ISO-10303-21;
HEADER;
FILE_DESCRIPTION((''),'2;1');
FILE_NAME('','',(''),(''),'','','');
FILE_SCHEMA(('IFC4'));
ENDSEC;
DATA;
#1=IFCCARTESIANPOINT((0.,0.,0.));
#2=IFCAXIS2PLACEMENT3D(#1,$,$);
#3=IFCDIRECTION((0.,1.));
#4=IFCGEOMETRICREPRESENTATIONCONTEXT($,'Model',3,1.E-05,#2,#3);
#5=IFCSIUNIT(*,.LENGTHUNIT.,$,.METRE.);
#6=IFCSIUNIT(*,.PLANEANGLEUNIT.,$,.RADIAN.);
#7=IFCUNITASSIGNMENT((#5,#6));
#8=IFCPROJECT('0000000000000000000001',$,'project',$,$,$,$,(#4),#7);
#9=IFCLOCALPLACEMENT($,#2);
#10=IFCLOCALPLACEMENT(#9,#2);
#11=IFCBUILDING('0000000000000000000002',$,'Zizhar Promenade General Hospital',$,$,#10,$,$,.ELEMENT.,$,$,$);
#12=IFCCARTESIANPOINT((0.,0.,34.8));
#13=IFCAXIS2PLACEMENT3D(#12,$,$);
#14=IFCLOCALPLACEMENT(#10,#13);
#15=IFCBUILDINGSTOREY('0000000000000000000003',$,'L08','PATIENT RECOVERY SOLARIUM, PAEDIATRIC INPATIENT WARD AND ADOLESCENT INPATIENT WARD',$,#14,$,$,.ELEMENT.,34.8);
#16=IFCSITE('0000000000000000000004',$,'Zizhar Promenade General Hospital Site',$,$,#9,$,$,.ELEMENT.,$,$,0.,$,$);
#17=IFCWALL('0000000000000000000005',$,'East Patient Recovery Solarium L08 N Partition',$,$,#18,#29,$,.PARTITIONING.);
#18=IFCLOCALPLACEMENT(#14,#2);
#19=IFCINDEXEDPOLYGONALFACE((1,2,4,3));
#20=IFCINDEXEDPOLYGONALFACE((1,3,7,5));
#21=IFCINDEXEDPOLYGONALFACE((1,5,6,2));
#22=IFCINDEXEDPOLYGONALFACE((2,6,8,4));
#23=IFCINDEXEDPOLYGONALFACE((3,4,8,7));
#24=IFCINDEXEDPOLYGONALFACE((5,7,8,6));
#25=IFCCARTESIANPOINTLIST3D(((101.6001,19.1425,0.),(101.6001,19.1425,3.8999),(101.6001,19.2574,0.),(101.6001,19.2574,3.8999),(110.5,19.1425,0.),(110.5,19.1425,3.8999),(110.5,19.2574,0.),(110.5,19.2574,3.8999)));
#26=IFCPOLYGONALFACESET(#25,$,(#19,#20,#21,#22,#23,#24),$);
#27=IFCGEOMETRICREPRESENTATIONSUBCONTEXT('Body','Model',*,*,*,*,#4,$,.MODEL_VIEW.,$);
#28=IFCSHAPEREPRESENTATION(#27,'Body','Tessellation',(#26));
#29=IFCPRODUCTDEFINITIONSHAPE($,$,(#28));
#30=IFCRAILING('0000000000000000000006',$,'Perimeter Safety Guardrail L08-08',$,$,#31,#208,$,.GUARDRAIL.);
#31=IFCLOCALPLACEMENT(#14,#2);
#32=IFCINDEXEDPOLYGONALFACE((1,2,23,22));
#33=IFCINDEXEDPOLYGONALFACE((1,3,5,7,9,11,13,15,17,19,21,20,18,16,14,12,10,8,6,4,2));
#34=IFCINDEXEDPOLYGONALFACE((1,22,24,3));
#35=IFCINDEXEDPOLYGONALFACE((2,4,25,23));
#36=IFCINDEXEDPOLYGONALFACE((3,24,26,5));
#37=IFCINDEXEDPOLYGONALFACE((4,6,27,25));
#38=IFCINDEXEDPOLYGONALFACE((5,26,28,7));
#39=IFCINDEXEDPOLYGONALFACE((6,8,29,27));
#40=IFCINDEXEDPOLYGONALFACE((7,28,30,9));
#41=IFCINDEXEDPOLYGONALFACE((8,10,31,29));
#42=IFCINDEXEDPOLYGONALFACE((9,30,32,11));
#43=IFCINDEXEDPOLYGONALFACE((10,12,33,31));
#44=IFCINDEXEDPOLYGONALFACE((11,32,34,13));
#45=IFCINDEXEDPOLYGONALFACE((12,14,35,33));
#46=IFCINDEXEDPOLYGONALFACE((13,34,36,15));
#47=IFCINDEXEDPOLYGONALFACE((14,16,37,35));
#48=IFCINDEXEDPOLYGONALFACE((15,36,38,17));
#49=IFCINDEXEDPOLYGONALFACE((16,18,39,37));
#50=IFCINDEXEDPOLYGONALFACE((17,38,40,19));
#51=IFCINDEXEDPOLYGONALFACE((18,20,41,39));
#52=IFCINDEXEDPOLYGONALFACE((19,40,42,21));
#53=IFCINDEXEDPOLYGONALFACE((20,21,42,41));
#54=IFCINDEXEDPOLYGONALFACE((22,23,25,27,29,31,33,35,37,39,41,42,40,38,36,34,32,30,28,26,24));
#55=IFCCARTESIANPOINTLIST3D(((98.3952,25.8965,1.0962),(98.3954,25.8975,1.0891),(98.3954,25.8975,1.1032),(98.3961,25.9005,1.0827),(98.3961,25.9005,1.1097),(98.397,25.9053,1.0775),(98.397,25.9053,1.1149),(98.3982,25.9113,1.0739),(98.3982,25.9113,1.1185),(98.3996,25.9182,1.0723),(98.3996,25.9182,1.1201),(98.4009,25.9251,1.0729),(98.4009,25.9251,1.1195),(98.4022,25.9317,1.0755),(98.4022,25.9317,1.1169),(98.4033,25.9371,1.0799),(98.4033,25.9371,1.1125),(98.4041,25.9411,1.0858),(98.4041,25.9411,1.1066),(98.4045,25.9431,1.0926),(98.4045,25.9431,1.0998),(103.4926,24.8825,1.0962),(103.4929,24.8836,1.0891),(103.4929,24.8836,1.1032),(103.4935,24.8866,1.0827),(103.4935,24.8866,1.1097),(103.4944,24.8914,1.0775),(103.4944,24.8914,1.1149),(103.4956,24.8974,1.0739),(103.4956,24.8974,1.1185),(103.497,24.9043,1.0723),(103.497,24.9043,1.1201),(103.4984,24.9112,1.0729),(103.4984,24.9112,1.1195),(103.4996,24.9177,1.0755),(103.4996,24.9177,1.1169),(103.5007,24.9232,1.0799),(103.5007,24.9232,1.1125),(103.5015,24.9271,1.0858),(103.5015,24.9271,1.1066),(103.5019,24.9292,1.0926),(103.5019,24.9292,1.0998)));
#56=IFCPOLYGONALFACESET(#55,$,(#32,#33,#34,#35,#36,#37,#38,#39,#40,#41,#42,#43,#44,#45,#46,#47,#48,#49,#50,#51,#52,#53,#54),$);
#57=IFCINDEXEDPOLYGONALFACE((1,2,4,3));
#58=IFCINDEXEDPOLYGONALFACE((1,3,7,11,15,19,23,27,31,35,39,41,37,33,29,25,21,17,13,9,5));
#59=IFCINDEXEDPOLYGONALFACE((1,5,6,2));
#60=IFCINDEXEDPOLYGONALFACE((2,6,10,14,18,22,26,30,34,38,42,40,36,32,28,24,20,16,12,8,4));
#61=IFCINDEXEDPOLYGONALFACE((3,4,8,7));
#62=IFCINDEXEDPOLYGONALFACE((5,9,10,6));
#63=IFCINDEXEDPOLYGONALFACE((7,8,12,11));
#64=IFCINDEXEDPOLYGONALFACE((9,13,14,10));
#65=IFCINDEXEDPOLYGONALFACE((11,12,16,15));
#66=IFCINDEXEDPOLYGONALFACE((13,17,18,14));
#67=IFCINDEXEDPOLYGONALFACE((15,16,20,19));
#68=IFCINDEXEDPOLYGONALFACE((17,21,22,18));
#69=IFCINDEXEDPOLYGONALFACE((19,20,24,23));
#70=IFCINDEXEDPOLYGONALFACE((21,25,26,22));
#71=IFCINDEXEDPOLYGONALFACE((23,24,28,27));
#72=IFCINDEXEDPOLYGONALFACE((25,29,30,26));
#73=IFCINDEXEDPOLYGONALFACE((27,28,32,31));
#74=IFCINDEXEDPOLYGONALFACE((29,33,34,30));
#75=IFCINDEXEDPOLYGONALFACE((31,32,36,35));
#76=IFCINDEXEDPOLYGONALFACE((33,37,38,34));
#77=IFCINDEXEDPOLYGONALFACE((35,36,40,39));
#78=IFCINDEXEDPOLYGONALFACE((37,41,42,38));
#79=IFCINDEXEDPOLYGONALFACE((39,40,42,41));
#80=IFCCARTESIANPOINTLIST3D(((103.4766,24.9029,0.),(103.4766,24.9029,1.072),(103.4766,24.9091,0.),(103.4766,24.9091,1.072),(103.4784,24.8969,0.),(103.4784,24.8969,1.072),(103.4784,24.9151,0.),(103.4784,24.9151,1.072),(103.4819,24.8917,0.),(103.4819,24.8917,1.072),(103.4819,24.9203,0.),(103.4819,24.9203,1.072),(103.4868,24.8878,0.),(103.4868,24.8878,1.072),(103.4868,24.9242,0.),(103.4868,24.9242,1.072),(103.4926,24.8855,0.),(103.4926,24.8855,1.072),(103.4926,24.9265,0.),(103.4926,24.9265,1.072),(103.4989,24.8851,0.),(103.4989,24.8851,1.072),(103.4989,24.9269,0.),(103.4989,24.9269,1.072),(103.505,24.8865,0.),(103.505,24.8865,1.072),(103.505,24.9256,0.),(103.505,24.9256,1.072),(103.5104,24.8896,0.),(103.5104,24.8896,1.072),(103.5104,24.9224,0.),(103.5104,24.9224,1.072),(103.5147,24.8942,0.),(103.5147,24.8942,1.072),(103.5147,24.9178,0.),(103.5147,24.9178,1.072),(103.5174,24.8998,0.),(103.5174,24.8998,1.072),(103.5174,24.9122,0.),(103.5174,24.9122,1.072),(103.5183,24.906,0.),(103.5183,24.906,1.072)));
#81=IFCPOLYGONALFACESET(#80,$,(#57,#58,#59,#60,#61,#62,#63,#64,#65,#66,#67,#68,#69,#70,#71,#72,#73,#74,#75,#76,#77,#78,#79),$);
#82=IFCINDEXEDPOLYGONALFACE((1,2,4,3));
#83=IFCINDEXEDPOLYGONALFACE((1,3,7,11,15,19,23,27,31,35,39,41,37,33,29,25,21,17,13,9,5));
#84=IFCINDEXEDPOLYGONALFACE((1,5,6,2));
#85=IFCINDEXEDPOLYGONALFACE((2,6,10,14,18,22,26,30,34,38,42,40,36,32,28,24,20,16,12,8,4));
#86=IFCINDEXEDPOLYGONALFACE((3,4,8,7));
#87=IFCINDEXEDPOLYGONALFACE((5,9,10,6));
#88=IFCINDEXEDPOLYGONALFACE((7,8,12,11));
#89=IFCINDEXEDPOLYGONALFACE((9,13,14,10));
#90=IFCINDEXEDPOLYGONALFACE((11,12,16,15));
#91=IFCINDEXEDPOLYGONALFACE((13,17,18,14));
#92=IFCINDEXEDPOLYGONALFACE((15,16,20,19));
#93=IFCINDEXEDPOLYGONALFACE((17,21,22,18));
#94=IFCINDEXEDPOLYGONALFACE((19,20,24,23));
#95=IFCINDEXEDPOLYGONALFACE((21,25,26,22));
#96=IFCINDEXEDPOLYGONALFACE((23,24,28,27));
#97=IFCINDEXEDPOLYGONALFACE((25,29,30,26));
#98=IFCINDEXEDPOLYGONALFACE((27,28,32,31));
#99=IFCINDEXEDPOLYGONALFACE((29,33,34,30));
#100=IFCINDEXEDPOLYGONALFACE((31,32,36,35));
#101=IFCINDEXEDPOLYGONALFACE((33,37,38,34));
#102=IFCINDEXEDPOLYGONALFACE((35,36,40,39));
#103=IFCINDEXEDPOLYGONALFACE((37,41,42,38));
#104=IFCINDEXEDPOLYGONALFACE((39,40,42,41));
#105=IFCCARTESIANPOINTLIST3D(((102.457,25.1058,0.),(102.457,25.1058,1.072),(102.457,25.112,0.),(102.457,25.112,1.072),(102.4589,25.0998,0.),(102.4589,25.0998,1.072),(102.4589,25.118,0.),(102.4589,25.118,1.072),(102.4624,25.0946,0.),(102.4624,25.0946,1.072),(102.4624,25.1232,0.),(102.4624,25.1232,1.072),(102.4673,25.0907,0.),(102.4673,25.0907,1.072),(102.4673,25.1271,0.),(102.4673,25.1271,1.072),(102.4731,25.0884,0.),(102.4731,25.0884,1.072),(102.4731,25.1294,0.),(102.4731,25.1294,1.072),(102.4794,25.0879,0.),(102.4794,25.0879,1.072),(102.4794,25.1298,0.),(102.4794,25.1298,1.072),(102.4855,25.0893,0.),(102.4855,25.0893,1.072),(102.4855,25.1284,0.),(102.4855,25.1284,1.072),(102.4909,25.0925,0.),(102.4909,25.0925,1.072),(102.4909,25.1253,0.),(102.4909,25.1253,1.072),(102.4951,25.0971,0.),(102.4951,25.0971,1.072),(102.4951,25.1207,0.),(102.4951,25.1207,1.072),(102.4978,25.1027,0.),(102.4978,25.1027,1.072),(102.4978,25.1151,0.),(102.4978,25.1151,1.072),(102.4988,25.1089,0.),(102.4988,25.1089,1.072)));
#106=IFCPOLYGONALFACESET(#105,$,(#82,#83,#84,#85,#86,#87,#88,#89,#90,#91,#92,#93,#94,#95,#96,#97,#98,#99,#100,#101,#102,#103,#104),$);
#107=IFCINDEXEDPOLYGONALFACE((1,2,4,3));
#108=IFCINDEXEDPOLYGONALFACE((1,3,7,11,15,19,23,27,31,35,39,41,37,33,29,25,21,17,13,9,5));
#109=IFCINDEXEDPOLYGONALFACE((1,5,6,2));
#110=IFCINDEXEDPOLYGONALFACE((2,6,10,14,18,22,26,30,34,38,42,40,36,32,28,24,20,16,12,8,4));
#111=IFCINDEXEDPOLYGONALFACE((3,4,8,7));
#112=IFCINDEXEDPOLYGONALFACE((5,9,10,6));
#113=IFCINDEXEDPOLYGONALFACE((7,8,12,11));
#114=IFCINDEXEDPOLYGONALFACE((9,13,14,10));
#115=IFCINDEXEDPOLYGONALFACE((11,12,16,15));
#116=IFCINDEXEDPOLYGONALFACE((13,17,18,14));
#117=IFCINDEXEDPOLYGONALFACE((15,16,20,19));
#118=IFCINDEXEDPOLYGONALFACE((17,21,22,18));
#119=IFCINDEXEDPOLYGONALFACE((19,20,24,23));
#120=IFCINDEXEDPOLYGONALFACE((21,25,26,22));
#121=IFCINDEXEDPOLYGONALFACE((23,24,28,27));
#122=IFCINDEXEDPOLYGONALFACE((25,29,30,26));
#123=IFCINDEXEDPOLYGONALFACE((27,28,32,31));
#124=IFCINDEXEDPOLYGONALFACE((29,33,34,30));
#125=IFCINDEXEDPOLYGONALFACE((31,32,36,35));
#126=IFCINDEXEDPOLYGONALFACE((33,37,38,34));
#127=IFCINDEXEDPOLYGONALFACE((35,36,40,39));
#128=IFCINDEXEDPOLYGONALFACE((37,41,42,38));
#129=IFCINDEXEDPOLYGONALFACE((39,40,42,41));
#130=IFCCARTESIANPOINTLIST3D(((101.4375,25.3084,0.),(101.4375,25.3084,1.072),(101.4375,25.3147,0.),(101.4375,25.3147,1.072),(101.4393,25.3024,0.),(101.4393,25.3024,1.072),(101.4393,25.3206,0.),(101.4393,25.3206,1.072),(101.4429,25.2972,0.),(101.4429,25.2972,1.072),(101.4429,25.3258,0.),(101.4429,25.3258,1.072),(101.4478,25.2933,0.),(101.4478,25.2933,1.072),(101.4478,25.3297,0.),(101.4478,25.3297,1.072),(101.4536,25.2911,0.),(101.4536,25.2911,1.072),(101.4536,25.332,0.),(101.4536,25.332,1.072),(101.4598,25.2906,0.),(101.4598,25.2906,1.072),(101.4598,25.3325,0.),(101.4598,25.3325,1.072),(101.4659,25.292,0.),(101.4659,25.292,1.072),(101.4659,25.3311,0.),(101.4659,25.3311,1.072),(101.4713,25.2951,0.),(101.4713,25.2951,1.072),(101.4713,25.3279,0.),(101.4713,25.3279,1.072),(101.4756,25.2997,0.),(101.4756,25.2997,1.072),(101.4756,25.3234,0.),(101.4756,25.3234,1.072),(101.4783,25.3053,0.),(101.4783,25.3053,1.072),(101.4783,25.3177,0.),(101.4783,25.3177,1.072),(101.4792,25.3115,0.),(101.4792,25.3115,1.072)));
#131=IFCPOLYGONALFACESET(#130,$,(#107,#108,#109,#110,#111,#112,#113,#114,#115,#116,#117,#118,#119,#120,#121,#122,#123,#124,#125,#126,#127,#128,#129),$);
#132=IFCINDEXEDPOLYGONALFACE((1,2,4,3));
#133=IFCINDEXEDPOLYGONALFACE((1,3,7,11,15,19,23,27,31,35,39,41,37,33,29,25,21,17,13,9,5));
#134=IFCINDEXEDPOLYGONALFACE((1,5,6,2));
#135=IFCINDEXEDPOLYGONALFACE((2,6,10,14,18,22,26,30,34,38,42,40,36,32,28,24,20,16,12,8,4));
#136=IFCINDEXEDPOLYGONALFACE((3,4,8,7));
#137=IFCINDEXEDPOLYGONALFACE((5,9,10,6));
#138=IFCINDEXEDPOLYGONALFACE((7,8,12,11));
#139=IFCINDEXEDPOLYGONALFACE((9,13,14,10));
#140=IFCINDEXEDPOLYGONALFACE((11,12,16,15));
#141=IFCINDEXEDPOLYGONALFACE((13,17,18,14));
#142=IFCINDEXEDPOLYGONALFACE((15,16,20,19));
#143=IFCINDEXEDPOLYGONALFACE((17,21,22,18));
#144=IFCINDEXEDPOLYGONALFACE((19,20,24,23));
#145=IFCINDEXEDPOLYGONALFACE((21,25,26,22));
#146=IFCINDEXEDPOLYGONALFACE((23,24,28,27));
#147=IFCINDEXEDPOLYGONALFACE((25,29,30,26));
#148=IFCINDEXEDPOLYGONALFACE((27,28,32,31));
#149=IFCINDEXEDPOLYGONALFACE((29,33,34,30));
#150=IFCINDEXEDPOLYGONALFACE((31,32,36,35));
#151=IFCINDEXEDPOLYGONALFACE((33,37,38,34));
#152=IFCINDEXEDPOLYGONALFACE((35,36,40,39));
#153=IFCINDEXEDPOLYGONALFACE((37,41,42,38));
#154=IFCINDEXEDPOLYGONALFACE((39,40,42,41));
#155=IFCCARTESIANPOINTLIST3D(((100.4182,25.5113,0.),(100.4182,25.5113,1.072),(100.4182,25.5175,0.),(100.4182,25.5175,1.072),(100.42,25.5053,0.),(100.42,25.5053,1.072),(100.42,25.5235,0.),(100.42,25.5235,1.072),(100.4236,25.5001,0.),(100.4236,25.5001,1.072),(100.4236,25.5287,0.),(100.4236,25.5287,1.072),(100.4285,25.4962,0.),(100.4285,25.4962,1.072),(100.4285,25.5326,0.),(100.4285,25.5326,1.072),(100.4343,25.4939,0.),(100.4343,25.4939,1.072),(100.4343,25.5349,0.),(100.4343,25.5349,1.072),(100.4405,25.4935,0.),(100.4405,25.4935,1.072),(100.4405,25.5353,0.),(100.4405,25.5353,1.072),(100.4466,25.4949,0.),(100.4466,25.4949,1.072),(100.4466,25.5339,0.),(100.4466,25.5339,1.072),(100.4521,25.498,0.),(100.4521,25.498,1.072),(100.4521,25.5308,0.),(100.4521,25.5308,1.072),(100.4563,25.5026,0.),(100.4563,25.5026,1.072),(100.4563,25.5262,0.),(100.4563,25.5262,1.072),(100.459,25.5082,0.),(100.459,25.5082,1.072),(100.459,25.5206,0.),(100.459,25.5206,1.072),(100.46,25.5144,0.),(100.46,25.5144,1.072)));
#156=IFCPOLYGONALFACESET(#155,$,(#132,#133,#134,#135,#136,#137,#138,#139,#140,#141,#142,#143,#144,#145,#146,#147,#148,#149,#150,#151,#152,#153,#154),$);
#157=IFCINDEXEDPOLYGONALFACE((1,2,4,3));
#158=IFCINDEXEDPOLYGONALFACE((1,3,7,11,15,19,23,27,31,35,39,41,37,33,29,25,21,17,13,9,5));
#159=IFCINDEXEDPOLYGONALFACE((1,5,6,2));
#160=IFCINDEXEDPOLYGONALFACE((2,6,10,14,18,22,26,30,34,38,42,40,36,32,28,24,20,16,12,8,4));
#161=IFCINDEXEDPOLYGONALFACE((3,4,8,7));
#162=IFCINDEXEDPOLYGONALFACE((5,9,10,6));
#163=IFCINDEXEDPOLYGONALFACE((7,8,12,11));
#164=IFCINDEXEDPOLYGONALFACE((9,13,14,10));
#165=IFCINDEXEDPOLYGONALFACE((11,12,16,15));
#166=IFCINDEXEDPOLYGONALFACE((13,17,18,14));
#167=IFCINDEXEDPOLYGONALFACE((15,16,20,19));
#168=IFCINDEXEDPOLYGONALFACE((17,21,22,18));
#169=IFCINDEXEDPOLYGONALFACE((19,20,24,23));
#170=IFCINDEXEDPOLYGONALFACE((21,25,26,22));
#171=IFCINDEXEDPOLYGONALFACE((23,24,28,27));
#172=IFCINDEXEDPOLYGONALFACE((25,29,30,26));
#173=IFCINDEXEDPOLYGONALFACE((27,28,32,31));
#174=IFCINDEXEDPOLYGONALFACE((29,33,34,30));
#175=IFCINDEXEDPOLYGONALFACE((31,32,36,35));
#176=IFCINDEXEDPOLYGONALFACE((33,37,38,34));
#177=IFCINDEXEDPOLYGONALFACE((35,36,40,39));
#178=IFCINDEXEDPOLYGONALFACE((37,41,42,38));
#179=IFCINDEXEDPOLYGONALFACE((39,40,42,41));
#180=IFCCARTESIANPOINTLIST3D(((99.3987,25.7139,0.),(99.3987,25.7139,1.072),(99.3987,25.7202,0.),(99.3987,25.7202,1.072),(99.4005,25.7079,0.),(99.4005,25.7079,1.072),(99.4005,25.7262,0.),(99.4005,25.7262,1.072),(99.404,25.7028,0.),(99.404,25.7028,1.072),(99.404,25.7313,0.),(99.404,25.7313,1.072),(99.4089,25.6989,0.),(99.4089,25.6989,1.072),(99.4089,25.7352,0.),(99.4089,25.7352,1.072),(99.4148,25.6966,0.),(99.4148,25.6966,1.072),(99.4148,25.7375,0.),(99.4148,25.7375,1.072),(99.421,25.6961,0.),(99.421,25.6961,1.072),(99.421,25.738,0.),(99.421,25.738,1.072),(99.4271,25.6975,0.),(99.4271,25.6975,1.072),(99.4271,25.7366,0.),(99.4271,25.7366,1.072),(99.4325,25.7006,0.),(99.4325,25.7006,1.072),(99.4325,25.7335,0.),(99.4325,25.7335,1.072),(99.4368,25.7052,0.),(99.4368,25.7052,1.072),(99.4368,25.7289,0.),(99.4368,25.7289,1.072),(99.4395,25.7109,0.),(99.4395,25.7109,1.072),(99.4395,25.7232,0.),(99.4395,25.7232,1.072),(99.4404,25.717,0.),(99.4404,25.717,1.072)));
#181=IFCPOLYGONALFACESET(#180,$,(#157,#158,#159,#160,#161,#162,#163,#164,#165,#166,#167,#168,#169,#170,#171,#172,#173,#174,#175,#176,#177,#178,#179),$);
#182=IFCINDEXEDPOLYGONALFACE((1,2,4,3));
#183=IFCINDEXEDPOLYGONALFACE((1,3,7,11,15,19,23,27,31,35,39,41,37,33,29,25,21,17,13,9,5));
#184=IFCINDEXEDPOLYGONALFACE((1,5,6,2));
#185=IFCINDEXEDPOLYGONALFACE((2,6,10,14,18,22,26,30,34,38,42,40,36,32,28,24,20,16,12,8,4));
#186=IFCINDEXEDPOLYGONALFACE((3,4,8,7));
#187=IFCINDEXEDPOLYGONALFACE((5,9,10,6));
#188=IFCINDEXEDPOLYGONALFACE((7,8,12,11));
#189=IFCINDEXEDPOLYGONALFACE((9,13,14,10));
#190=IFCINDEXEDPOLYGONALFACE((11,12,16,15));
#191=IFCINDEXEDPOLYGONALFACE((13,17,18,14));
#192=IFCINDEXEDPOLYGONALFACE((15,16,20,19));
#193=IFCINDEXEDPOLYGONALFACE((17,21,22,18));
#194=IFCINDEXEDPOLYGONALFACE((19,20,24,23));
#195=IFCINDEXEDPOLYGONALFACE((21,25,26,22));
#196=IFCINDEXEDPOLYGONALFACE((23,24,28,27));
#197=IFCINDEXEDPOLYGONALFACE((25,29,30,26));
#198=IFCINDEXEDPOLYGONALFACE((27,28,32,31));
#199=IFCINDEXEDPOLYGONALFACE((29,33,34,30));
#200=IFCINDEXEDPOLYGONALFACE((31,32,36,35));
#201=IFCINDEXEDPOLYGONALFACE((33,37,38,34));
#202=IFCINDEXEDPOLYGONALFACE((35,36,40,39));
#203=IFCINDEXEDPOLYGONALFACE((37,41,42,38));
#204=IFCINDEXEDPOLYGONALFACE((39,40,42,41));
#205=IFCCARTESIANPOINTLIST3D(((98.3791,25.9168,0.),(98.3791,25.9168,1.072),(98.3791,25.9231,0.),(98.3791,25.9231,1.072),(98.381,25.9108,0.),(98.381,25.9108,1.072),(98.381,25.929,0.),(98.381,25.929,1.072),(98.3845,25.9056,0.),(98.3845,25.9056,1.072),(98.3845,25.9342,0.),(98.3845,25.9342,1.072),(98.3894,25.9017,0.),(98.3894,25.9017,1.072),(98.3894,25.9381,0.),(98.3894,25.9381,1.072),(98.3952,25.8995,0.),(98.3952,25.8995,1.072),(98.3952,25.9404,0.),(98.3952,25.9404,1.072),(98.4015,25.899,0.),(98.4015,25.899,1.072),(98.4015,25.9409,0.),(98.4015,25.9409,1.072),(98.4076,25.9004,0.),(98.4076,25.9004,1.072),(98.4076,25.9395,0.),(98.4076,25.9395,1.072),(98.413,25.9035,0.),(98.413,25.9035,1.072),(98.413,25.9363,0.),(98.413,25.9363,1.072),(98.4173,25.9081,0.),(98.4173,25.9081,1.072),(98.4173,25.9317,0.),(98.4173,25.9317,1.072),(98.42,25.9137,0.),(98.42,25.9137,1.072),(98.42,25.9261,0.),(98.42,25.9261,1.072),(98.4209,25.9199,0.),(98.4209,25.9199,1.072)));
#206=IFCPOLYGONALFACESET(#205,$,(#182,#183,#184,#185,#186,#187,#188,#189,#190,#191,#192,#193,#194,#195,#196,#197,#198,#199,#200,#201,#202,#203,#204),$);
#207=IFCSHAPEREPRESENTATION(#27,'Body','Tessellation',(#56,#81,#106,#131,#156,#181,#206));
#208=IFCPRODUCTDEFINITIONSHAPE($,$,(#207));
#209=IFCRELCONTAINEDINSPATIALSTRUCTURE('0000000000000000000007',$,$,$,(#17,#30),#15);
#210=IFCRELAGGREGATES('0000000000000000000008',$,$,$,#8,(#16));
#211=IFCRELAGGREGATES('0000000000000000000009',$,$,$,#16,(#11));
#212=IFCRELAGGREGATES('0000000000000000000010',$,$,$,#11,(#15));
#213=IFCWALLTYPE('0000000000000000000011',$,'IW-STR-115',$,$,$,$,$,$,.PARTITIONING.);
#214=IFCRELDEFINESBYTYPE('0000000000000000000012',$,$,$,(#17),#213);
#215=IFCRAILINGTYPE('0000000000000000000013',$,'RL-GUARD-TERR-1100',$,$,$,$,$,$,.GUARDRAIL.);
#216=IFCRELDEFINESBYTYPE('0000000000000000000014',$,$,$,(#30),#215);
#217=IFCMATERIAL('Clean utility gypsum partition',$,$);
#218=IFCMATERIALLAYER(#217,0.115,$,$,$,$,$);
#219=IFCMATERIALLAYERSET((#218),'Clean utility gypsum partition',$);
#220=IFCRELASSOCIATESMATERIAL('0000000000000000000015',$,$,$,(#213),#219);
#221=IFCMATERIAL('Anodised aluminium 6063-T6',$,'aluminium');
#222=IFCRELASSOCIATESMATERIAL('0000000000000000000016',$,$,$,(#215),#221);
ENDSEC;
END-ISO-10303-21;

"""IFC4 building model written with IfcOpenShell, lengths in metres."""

from ifc_helpers import new_model, si_unit, direction, frame, frame_2d, origin, origin_2d, place, context, subcontext, project, spatial, rectangle, circle, hollow_circle, extrude, material, layer, layer_set, material_profile, profile_set, type_object, element, save


model = new_model("IFC4")

# Units and contexts
model_context = context("Model", 3, precision=1e-05, world=origin(), true_north=direction((0.0, 1.0)))
body_context = subcontext(model_context, "Body", "Model", "MODEL_VIEW")
ifc_project = project(units=[si_unit("LENGTHUNIT", "METRE"), si_unit("PLANEANGLEUNIT", "RADIAN")], contexts=[model_context])

# Site, building, storey
site_placement = place(None, origin())
site = spatial("IfcSite", under=ifc_project, at=site_placement, Name="Zizhar Promenade General Hospital Site", CompositionType="ELEMENT", RefElevation=0.0)
building_placement = place(site_placement, origin())
building = spatial("IfcBuilding", under=site, at=building_placement, Name="Zizhar Promenade General Hospital", CompositionType="ELEMENT")
storey_placement = place(building_placement, frame((0.0, 0.0, 34.8)))
storey = spatial("IfcBuildingStorey", under=building, at=storey_placement, Name="L08", Description="PATIENT RECOVERY SOLARIUM, PAEDIATRIC INPATIENT WARD AND ADOLESCENT INPATIENT WARD", CompositionType="ELEMENT", Elevation=34.8)

# Wall
ifc_material_1 = material(Name="Clean utility gypsum partition")
ifc_layer_1 = layer(ifc_material_1, 0.115)
ifc_layer_set_1 = layer_set([ifc_layer_1], Name="Clean utility gypsum partition")
wall_type = type_object("IfcWallType", Name="IW-STR-115", PredefinedType="PARTITIONING", material=ifc_layer_set_1)
wall_placement = place(storey_placement, frame((101.6001, 19.2, 0.0), z_axis=(0.0, 0.0, 1.0), x_axis=(1.0, 0.0, 0.0)))
element("IfcWall", 1, at=wall_placement, inside=storey, type_object=wall_type, Name="East Patient Recovery Solarium L08 N Partition", PredefinedType="PARTITIONING", context=body_context, shape_type="SweptSolid", body=[
    extrude(rectangle(XDim=8.8999, YDim=0.115, at=frame_2d((4.45, 0.0))), origin(), (0.0, 0.0, 1.0), 3.8999),
])

# Railing
ifc_material_2 = material(Name="Anodised aluminium 6063-T6", Category="aluminium")
ifc_material_profile_1 = material_profile(ifc_material_2, hollow_circle(Radius=0.0698, WallThickness=0.0063, at=origin_2d()))
ifc_profile_set_1 = profile_set([ifc_material_profile_1], Name="Anodised aluminium 6063-T6")
railing_type = type_object("IfcRailingType", Name="RL-GUARD-TERR-1100", PredefinedType="GUARDRAIL", material=ifc_profile_set_1)
railing_placement = place(storey_placement, frame((103.4973, 24.906, 0.0)))
element("IfcRailing", 2, at=railing_placement, inside=storey, type_object=railing_type, Name="Perimeter Safety Guardrail L08-08", PredefinedType="GUARDRAIL", context=body_context, shape_type="SweptSolid", body=[
    extrude(circle(Radius=0.0239, at=origin_2d()), frame((0.0, 0.0, 1.0962), z_axis=(-0.980786, 0.195086, 0.0), x_axis=(-0.195086, -0.980786, 0.0)), (0.0, 0.0, 1.0), 5.1973),
    extrude(circle(Radius=0.021, at=origin_2d()), origin(), (0.0, 0.0, 1.0), 1.072),
    extrude(circle(Radius=0.021, at=origin_2d()), frame((-1.0195, 0.2029, 0.0)), (0.0, 0.0, 1.0), 1.072),
    extrude(circle(Radius=0.021, at=origin_2d()), frame((-2.0391, 0.4055, 0.0)), (0.0, 0.0, 1.0), 1.072),
    extrude(circle(Radius=0.021, at=origin_2d()), frame((-3.0583, 0.6084, 0.0)), (0.0, 0.0, 1.0), 1.072),
    extrude(circle(Radius=0.021, at=origin_2d()), frame((-4.0779, 0.811, 0.0)), (0.0, 0.0, 1.0), 1.072),
    extrude(circle(Radius=0.021, at=origin_2d()), frame((-5.0974, 1.0139, 0.0)), (0.0, 0.0, 1.0), 1.072),
])

save(model, "model.ifc")
